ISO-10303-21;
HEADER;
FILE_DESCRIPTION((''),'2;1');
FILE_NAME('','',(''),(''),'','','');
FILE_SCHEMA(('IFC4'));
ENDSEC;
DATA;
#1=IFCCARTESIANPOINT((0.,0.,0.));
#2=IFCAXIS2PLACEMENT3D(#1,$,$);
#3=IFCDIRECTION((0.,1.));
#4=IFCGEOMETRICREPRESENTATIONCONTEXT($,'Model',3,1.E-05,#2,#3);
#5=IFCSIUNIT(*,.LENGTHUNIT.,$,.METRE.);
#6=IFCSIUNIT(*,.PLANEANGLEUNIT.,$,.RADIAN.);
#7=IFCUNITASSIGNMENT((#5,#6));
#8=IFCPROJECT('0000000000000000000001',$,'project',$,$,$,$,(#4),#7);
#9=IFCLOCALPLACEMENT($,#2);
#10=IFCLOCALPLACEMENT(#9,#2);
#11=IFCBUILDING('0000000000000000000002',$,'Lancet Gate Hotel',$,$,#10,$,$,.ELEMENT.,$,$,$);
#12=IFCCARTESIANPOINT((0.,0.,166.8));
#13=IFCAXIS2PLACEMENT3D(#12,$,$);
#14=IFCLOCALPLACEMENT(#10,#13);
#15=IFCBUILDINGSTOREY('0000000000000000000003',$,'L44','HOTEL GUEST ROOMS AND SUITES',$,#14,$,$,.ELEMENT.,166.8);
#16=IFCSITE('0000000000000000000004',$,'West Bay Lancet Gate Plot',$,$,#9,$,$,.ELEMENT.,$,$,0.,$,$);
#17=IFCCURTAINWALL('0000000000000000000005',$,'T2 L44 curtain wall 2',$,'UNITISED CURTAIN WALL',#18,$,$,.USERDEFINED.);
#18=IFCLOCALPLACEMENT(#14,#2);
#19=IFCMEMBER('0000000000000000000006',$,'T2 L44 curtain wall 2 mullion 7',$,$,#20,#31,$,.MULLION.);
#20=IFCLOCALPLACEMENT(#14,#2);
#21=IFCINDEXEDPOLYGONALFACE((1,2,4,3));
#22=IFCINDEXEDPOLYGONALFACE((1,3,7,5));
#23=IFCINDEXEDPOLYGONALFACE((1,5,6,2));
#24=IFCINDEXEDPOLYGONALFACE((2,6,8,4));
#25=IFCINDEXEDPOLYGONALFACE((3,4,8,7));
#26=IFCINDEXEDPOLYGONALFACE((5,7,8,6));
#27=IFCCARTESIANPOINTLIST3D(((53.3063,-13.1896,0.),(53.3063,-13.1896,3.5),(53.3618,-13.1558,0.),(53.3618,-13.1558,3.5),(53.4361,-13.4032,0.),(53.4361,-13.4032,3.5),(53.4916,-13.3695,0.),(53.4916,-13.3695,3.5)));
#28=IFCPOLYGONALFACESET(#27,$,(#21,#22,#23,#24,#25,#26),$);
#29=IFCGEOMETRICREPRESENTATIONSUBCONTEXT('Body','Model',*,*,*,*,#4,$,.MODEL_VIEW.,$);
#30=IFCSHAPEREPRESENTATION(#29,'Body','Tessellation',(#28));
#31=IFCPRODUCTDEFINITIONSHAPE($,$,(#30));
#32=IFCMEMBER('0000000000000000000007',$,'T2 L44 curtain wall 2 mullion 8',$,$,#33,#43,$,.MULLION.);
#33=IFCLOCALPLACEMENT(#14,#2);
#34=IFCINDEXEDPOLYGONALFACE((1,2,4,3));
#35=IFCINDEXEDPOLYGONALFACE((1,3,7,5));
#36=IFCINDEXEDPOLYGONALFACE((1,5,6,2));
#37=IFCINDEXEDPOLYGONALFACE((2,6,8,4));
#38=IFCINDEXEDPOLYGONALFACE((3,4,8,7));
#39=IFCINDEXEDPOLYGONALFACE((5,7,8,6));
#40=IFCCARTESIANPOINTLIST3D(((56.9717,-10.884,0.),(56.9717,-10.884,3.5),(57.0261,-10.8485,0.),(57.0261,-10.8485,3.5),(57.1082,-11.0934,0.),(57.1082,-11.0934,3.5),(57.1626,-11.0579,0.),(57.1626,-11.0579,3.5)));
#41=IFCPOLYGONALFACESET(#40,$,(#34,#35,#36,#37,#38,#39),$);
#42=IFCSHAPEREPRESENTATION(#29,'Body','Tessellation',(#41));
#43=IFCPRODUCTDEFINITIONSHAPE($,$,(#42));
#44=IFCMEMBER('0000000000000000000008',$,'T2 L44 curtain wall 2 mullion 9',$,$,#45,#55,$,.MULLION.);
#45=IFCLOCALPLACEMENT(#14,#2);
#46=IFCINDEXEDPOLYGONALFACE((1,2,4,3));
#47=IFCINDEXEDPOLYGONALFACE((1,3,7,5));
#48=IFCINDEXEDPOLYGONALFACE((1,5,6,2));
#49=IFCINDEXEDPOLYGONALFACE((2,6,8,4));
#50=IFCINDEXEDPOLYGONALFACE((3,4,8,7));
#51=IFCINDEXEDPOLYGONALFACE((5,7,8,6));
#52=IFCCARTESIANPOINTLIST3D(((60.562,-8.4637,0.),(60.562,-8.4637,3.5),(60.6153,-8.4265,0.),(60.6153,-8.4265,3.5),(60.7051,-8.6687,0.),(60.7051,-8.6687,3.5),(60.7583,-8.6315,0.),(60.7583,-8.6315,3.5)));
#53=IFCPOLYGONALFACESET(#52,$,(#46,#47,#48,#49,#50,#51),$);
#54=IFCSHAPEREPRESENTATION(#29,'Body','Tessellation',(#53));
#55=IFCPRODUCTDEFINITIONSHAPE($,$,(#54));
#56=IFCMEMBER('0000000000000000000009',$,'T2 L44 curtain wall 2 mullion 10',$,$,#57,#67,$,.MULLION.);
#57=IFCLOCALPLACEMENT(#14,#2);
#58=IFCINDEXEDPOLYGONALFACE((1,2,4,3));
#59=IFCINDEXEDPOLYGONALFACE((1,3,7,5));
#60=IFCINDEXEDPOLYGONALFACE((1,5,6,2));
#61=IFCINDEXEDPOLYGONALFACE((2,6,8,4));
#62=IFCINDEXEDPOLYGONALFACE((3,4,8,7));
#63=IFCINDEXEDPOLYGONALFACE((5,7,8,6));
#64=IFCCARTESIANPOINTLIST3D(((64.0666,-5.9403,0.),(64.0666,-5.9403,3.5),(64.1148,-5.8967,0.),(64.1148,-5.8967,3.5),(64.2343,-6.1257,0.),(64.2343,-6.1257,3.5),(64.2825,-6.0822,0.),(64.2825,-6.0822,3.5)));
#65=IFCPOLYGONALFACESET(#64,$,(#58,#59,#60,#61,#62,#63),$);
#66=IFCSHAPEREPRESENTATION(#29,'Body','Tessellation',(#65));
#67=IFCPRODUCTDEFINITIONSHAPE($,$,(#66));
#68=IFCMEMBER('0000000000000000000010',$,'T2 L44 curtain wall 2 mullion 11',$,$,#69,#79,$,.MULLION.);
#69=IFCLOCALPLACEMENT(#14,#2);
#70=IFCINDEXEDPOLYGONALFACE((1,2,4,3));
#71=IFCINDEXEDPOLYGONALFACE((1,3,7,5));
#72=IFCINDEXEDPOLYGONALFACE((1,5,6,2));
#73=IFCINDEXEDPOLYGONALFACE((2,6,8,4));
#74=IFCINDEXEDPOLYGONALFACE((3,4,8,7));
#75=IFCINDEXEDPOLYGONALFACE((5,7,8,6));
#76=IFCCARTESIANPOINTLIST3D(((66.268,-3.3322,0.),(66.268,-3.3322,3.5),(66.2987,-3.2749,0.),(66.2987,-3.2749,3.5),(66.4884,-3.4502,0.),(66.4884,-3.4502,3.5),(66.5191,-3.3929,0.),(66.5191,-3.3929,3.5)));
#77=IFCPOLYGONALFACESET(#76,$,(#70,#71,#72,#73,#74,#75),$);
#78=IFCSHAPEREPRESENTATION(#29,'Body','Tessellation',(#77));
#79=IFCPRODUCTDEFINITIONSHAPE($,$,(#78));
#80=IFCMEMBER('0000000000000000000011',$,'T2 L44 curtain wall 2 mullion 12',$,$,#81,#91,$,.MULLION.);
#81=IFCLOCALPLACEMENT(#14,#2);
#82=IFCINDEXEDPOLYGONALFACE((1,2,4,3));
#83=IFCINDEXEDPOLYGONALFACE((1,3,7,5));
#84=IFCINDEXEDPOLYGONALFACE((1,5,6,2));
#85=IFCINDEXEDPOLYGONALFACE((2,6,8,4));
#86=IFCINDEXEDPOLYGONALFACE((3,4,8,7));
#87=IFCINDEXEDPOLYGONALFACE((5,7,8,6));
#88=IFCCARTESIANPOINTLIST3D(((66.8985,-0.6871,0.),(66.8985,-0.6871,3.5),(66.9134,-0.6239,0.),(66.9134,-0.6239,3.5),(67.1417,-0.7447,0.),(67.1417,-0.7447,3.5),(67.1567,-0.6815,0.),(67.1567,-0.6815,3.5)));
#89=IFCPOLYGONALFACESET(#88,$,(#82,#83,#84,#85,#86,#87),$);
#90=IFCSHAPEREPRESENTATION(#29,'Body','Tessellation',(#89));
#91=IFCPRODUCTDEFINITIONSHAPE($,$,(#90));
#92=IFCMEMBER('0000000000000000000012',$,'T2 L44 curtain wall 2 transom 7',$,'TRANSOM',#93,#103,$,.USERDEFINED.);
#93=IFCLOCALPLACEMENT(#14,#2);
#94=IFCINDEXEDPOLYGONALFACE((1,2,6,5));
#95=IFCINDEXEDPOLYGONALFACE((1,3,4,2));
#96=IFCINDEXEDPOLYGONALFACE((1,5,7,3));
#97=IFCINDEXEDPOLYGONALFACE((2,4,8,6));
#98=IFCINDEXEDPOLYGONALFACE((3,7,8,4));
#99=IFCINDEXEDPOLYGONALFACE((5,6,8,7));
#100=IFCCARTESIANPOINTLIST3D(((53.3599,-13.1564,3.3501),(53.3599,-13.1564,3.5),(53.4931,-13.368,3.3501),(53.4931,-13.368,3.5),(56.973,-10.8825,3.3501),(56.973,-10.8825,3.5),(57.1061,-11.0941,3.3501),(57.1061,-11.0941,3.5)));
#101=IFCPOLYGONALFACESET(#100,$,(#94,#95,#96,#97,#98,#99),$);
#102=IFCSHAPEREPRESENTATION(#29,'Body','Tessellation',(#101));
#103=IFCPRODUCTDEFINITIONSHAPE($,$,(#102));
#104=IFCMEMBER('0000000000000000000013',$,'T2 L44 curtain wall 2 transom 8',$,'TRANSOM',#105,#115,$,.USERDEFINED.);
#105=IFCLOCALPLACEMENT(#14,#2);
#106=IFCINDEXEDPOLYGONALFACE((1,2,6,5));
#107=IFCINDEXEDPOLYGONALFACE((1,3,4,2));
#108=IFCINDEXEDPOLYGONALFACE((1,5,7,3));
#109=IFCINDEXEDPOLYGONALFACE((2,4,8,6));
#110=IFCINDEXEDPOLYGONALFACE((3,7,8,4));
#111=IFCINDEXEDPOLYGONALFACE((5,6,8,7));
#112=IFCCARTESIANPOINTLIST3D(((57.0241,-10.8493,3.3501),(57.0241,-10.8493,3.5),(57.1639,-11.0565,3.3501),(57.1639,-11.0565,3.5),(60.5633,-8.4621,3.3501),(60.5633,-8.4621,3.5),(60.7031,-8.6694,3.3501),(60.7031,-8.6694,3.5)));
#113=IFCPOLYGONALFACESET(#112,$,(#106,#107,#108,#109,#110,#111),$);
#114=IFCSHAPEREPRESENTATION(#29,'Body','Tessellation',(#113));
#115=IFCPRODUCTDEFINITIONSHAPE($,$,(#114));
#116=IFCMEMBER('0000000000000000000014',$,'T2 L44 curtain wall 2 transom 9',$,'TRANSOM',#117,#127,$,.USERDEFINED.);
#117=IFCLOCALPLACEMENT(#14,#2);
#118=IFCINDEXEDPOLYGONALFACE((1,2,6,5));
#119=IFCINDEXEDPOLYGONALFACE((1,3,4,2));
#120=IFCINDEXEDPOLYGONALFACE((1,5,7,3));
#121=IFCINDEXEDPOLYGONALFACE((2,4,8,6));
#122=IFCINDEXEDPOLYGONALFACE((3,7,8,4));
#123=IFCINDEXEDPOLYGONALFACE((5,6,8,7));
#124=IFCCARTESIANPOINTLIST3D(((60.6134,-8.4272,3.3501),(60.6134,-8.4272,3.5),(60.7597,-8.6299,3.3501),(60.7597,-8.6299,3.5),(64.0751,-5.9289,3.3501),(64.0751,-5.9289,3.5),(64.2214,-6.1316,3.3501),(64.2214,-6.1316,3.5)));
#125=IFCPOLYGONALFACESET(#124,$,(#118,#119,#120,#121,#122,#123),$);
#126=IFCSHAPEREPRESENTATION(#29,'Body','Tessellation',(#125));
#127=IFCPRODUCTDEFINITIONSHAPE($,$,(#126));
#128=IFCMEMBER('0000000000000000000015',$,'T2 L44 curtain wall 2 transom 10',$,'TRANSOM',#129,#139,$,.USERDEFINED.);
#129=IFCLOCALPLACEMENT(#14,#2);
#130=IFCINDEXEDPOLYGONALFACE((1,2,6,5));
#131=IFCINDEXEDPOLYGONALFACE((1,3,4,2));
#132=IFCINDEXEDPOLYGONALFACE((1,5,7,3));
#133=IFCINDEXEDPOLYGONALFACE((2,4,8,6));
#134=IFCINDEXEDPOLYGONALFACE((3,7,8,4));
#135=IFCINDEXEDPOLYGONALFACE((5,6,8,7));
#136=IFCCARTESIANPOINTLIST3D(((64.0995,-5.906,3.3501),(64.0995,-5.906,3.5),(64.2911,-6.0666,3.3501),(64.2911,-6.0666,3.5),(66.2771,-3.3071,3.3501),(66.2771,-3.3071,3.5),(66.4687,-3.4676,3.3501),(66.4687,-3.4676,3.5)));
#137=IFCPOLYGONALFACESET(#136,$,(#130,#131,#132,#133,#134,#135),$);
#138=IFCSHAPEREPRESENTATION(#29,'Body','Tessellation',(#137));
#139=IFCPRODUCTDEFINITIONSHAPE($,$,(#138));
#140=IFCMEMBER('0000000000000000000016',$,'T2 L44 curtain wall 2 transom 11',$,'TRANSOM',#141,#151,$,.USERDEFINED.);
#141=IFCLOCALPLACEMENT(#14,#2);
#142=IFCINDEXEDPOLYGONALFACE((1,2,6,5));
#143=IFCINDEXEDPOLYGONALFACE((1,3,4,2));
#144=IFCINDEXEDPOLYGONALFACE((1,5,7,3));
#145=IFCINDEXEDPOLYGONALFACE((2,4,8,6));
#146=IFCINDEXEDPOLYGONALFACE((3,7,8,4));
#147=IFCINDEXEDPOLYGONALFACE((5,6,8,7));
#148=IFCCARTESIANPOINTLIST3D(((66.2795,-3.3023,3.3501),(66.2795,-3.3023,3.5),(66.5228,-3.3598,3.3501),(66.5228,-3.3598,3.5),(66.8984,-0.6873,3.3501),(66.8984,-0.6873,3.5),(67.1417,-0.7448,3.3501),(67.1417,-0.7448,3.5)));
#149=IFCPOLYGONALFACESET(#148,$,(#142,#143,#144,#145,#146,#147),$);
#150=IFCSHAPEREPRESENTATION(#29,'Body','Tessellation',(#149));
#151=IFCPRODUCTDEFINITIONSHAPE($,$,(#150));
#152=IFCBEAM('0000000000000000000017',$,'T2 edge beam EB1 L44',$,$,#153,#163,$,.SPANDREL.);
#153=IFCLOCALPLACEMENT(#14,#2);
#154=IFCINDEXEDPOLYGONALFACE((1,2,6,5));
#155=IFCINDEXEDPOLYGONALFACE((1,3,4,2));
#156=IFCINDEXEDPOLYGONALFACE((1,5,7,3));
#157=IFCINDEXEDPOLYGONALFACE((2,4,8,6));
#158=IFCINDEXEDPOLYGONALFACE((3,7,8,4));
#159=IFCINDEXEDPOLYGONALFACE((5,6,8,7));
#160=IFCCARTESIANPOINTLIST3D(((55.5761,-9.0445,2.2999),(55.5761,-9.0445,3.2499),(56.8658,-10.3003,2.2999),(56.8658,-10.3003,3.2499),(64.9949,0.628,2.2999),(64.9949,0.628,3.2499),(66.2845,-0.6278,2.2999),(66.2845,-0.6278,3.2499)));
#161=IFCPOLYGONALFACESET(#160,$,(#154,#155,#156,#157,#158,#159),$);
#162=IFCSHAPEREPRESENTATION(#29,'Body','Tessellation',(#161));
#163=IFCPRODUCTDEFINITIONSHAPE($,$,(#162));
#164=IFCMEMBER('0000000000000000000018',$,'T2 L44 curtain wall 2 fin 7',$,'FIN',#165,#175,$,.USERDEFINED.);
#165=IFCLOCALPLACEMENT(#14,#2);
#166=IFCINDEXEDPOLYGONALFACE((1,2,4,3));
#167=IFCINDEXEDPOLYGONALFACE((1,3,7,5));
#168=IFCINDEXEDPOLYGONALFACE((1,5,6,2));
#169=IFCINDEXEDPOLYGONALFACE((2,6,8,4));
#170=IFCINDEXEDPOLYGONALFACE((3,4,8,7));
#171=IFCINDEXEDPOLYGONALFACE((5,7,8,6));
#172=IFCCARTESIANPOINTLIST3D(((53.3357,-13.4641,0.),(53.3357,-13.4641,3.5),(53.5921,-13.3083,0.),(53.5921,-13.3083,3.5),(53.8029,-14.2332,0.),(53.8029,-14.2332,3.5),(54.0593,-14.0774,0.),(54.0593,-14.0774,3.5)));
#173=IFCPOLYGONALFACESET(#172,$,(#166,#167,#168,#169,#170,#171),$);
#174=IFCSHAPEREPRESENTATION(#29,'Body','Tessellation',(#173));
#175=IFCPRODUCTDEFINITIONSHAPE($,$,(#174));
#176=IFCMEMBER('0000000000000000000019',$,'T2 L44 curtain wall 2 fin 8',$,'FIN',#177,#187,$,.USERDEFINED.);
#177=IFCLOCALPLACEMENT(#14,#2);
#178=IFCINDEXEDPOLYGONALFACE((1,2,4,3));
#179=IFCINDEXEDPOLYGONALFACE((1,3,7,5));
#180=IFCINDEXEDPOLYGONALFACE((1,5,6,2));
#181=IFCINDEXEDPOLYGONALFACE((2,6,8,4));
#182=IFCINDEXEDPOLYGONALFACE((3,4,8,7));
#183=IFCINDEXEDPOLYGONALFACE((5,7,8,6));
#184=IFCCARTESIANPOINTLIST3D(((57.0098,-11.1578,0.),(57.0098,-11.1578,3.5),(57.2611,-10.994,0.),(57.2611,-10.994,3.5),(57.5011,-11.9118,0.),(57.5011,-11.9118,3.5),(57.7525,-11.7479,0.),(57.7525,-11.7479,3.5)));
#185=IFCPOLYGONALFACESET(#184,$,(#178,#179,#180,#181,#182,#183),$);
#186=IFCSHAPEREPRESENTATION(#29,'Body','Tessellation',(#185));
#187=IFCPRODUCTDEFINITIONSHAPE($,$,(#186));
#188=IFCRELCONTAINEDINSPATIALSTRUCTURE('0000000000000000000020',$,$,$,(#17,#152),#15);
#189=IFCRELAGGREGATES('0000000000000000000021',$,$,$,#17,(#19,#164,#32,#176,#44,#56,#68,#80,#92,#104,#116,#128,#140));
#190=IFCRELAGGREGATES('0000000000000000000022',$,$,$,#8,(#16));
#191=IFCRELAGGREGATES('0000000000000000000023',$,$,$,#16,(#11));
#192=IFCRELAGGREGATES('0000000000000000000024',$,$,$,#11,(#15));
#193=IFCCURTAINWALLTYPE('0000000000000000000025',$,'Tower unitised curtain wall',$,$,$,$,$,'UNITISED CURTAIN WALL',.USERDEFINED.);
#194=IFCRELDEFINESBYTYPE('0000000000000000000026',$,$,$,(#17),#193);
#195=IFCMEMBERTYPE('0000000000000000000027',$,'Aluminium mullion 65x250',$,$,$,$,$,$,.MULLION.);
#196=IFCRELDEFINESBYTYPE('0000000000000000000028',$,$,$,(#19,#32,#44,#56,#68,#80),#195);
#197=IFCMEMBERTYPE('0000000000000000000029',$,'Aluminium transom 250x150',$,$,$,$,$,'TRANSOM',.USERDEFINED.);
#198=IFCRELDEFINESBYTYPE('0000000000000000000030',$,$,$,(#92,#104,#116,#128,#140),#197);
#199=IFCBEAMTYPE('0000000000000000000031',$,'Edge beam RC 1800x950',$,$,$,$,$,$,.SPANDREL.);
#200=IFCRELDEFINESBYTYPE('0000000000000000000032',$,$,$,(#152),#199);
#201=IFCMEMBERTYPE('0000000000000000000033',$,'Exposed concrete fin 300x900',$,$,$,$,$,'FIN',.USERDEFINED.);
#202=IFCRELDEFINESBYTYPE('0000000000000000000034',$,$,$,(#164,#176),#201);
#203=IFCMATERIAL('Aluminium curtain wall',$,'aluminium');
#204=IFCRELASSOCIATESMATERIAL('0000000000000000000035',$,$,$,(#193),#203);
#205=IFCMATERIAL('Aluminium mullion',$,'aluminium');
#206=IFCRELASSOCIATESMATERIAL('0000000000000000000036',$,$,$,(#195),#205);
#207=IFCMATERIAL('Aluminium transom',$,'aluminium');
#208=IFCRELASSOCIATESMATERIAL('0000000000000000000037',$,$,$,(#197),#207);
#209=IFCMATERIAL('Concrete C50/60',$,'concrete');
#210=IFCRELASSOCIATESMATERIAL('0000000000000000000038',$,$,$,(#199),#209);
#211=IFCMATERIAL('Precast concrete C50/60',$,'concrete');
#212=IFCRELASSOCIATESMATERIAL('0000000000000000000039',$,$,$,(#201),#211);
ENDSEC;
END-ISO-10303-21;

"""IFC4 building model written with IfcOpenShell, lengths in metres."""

from ifc_helpers import new_model, si_unit, direction, frame, origin, origin_2d, place, context, subcontext, project, spatial, rectangle, extrude, material, material_profile, profile_set, type_object, element, aggregate, save


model = new_model("IFC4")

# Units and contexts
model_context = context("Model", 3, precision=1e-05, world=origin(), true_north=direction((0.0, 1.0)))
body_context = subcontext(model_context, "Body", "Model", "MODEL_VIEW")
ifc_project = project(units=[si_unit("LENGTHUNIT", "METRE"), si_unit("PLANEANGLEUNIT", "RADIAN")], contexts=[model_context])

# Site, building, storey
site_placement = place(None, origin())
site = spatial("IfcSite", under=ifc_project, at=site_placement, Name="West Bay Lancet Gate Plot", CompositionType="ELEMENT", RefElevation=0.0)
building_placement = place(site_placement, origin())
building = spatial("IfcBuilding", under=site, at=building_placement, Name="Lancet Gate Hotel", CompositionType="ELEMENT")
storey_placement = place(building_placement, frame((0.0, 0.0, 166.8)))
storey = spatial("IfcBuildingStorey", under=building, at=storey_placement, Name="L44", Description="HOTEL GUEST ROOMS AND SUITES", CompositionType="ELEMENT", Elevation=166.8)

# Curtain wall, members
ifc_material_1 = material(Name="Aluminium curtain wall", Category="aluminium")
curtain_wall_type = type_object("IfcCurtainWallType", Name="Tower unitised curtain wall", ElementType="UNITISED CURTAIN WALL", PredefinedType="USERDEFINED", material=ifc_material_1)
curtain_wall_placement = place(storey_placement, origin())
curtain_wall = element("IfcCurtainWall", 1, at=curtain_wall_placement, inside=storey, type_object=curtain_wall_type, Name="T2 L44 curtain wall 2", ObjectType="UNITISED CURTAIN WALL", PredefinedType="USERDEFINED")
ifc_material_2 = material(Name="Aluminium mullion", Category="aluminium")
ifc_material_profile_1 = material_profile(ifc_material_2, rectangle(XDim=0.0649, YDim=0.25, at=origin_2d()), Name="MULLION 65x250")
ifc_profile_set_1 = profile_set([ifc_material_profile_1], Name="Aluminium mullion")
member_type_1 = type_object("IfcMemberType", Name="Aluminium mullion 65x250", PredefinedType="MULLION", material=ifc_profile_set_1)
member_1_placement = place(storey_placement, frame((53.3989, -13.2795, 0.0), z_axis=(0.0, 0.0, 1.0), x_axis=(0.854691, 0.519137, 0.0)))
member_1 = element("IfcMember", 2, at=member_1_placement, type_object=member_type_1, Name="T2 L44 curtain wall 2 mullion 7", PredefinedType="MULLION", context=body_context, shape_type="SweptSolid", body=[
    extrude(rectangle(XDim=0.0649, YDim=0.25, at=origin_2d()), origin(), (0.0, 0.0, 1.0), 3.5),
])
member_2_placement = place(storey_placement, frame((57.0671, -10.9709, 0.0), z_axis=(0.0, 0.0, 1.0), x_axis=(0.837801, 0.545976, 0.0)))
member_2 = element("IfcMember", 3, at=member_2_placement, type_object=member_type_1, Name="T2 L44 curtain wall 2 mullion 8", PredefinedType="MULLION", context=body_context, shape_type="SweptSolid", body=[
    extrude(rectangle(XDim=0.0649, YDim=0.25, at=origin_2d()), origin(), (0.0, 0.0, 1.0), 3.5),
])
member_3_placement = place(storey_placement, frame((60.6602, -8.5476, 0.0), z_axis=(0.0, 0.0, 1.0), x_axis=(0.820068, 0.572266, 0.0)))
member_3 = element("IfcMember", 4, at=member_3_placement, type_object=member_type_1, Name="T2 L44 curtain wall 2 mullion 9", PredefinedType="MULLION", context=body_context, shape_type="SweptSolid", body=[
    extrude(rectangle(XDim=0.0649, YDim=0.25, at=origin_2d()), origin(), (0.0, 0.0, 1.0), 3.5),
])
member_4_placement = place(storey_placement, frame((64.1746, -6.0112, 0.0), z_axis=(0.0, 0.0, 1.0), x_axis=(0.741693, 0.670739, 0.0)))
member_4 = element("IfcMember", 5, at=member_4_placement, type_object=member_type_1, Name="T2 L44 curtain wall 2 mullion 10", PredefinedType="MULLION", context=body_context, shape_type="SweptSolid", body=[
    extrude(rectangle(XDim=0.0649, YDim=0.25, at=origin_2d()), origin(), (0.0, 0.0, 1.0), 3.5),
])
member_5_placement = place(storey_placement, frame((66.3936, -3.3625, 0.0), z_axis=(0.0, 0.0, 1.0), x_axis=(0.472146, 0.88152, 0.0)))
member_5 = element("IfcMember", 6, at=member_5_placement, type_object=member_type_1, Name="T2 L44 curtain wall 2 mullion 11", PredefinedType="MULLION", context=body_context, shape_type="SweptSolid", body=[
    extrude(rectangle(XDim=0.0649, YDim=0.25, at=origin_2d()), origin(), (0.0, 0.0, 1.0), 3.5),
])
member_6_placement = place(storey_placement, frame((67.0276, -0.6843, 0.0), z_axis=(0.0, 0.0, 1.0), x_axis=(0.230367, 0.973104, 0.0)))
member_6 = element("IfcMember", 7, at=member_6_placement, type_object=member_type_1, Name="T2 L44 curtain wall 2 mullion 12", PredefinedType="MULLION", context=body_context, shape_type="SweptSolid", body=[
    extrude(rectangle(XDim=0.0649, YDim=0.25, at=origin_2d()), origin(), (0.0, 0.0, 1.0), 3.5),
])
ifc_material_3 = material(Name="Aluminium transom", Category="aluminium")
ifc_material_profile_2 = material_profile(ifc_material_3, rectangle(XDim=0.25, YDim=0.1499, at=origin_2d()), Name="TRANSOM 250x150")
ifc_profile_set_2 = profile_set([ifc_material_profile_2], Name="Aluminium transom")
member_type_2 = type_object("IfcMemberType", Name="Aluminium transom 250x150", ElementType="TRANSOM", PredefinedType="USERDEFINED", material=ifc_profile_set_2)
member_7_placement = place(storey_placement, frame((53.4265, -13.2622, 3.425), z_axis=(0.846333, 0.532654, 0.0), x_axis=(-0.532654, 0.846333, 0.0)))
member_7 = element("IfcMember", 8, at=member_7_placement, type_object=member_type_2, Name="T2 L44 curtain wall 2 transom 7", ObjectType="TRANSOM", PredefinedType="USERDEFINED", context=body_context, shape_type="SweptSolid", body=[
    extrude(rectangle(XDim=0.25, YDim=0.1499, at=origin_2d()), origin(), (0.0, 0.0, 1.0), 4.269),
])
member_8_placement = place(storey_placement, frame((57.094, -10.9529, 3.425), z_axis=(0.829047, 0.559179, 0.0), x_axis=(-0.559179, 0.829047, 0.0)))
member_8 = element("IfcMember", 9, at=member_8_placement, type_object=member_type_2, Name="T2 L44 curtain wall 2 transom 8", ObjectType="TRANSOM", PredefinedType="USERDEFINED", context=body_context, shape_type="SweptSolid", body=[
    extrude(rectangle(XDim=0.25, YDim=0.1499, at=origin_2d()), origin(), (0.0, 0.0, 1.0), 4.269),
])
member_9_placement = place(storey_placement, frame((60.6865, -8.5286, 3.425), z_axis=(0.81088, 0.585213, 0.0), x_axis=(-0.585213, 0.81088, 0.0)))
member_9 = element("IfcMember", 10, at=member_9_placement, type_object=member_type_2, Name="T2 L44 curtain wall 2 transom 9", ObjectType="TRANSOM", PredefinedType="USERDEFINED", context=body_context, shape_type="SweptSolid", body=[
    extrude(rectangle(XDim=0.25, YDim=0.1499, at=origin_2d()), origin(), (0.0, 0.0, 1.0), 4.269),
])
member_10_placement = place(storey_placement, frame((64.1953, -5.9863, 3.425), z_axis=(0.642229, 0.766513, 0.0), x_axis=(-0.766513, 0.642229, 0.0)))
member_10 = element("IfcMember", 11, at=member_10_placement, type_object=member_type_2, Name="T2 L44 curtain wall 2 transom 10", ObjectType="TRANSOM", PredefinedType="USERDEFINED", context=body_context, shape_type="SweptSolid", body=[
    extrude(rectangle(XDim=0.25, YDim=0.1499, at=origin_2d()), origin(), (0.0, 0.0, 1.0), 3.3906),
])
member_11_placement = place(storey_placement, frame((66.4011, -3.3311, 3.425), z_axis=(0.23031, 0.973117, 0.0), x_axis=(-0.973117, 0.23031, 0.0)))
member_11 = element("IfcMember", 12, at=member_11_placement, type_object=member_type_2, Name="T2 L44 curtain wall 2 transom 11", ObjectType="TRANSOM", PredefinedType="USERDEFINED", context=body_context, shape_type="SweptSolid", body=[
    extrude(rectangle(XDim=0.25, YDim=0.1499, at=origin_2d()), origin(), (0.0, 0.0, 1.0), 2.6873),
])

# Beam
ifc_material_4 = material(Name="Concrete C50/60", Category="concrete")
ifc_material_profile_3 = material_profile(ifc_material_4, rectangle(XDim=1.8, YDim=0.95, at=origin_2d()), Name="RC 1800x950")
ifc_profile_set_3 = profile_set([ifc_material_profile_3], Name="Concrete C50/60")
beam_type_1 = type_object("IfcBeamType", Name="Edge beam RC 1800x950", PredefinedType="SPANDREL", material=ifc_profile_set_3)
beam_1_placement = place(storey_placement, frame((56.2209, -9.6724, 2.7749), z_axis=(0.69765, 0.716439, 0.0), x_axis=(-0.716439, 0.69765, 0.0)))
element("IfcBeam", 13, at=beam_1_placement, inside=storey, type_object=beam_type_1, Name="T2 edge beam EB1 L44", PredefinedType="SPANDREL", context=body_context, shape_type="SweptSolid", body=[
    extrude(rectangle(XDim=1.8, YDim=0.95, at=origin_2d()), origin(), (0.0, 0.0, 1.0), 13.5007),
])

# Members
ifc_material_5 = material(Name="Precast concrete C50/60", Category="concrete")
ifc_material_profile_4 = material_profile(ifc_material_5, rectangle(XDim=0.3, YDim=0.8999, at=origin_2d()), Name="FIN 300x900")
ifc_profile_set_4 = profile_set([ifc_material_profile_4], Name="Precast concrete C50/60")
member_type_3 = type_object("IfcMemberType", Name="Exposed concrete fin 300x900", ElementType="FIN", PredefinedType="USERDEFINED", material=ifc_profile_set_4)
member_12_placement = place(storey_placement, frame((53.6975, -13.7708, 0.0), z_axis=(0.0, 0.0, 1.0), x_axis=(0.854691, 0.519137, 0.0)))
member_12 = element("IfcMember", 14, at=member_12_placement, type_object=member_type_3, Name="T2 L44 curtain wall 2 fin 7", ObjectType="FIN", PredefinedType="USERDEFINED", context=body_context, shape_type="SweptSolid", body=[
    extrude(rectangle(XDim=0.3, YDim=0.8999, at=origin_2d()), origin(), (0.0, 0.0, 1.0), 3.5),
])
member_13_placement = place(storey_placement, frame((57.3811, -11.4529, 0.0), z_axis=(0.0, 0.0, 1.0), x_axis=(0.837801, 0.545976, 0.0)))
member_13 = element("IfcMember", 15, at=member_13_placement, type_object=member_type_3, Name="T2 L44 curtain wall 2 fin 8", ObjectType="FIN", PredefinedType="USERDEFINED", context=body_context, shape_type="SweptSolid", body=[
    extrude(rectangle(XDim=0.3, YDim=0.8999, at=origin_2d()), origin(), (0.0, 0.0, 1.0), 3.5),
])

aggregate(curtain_wall, [member_1, member_12, member_2, member_13, member_3, member_4, member_5, member_6, member_7, member_8, member_9, member_10, member_11])

save(model, "model.ifc")
